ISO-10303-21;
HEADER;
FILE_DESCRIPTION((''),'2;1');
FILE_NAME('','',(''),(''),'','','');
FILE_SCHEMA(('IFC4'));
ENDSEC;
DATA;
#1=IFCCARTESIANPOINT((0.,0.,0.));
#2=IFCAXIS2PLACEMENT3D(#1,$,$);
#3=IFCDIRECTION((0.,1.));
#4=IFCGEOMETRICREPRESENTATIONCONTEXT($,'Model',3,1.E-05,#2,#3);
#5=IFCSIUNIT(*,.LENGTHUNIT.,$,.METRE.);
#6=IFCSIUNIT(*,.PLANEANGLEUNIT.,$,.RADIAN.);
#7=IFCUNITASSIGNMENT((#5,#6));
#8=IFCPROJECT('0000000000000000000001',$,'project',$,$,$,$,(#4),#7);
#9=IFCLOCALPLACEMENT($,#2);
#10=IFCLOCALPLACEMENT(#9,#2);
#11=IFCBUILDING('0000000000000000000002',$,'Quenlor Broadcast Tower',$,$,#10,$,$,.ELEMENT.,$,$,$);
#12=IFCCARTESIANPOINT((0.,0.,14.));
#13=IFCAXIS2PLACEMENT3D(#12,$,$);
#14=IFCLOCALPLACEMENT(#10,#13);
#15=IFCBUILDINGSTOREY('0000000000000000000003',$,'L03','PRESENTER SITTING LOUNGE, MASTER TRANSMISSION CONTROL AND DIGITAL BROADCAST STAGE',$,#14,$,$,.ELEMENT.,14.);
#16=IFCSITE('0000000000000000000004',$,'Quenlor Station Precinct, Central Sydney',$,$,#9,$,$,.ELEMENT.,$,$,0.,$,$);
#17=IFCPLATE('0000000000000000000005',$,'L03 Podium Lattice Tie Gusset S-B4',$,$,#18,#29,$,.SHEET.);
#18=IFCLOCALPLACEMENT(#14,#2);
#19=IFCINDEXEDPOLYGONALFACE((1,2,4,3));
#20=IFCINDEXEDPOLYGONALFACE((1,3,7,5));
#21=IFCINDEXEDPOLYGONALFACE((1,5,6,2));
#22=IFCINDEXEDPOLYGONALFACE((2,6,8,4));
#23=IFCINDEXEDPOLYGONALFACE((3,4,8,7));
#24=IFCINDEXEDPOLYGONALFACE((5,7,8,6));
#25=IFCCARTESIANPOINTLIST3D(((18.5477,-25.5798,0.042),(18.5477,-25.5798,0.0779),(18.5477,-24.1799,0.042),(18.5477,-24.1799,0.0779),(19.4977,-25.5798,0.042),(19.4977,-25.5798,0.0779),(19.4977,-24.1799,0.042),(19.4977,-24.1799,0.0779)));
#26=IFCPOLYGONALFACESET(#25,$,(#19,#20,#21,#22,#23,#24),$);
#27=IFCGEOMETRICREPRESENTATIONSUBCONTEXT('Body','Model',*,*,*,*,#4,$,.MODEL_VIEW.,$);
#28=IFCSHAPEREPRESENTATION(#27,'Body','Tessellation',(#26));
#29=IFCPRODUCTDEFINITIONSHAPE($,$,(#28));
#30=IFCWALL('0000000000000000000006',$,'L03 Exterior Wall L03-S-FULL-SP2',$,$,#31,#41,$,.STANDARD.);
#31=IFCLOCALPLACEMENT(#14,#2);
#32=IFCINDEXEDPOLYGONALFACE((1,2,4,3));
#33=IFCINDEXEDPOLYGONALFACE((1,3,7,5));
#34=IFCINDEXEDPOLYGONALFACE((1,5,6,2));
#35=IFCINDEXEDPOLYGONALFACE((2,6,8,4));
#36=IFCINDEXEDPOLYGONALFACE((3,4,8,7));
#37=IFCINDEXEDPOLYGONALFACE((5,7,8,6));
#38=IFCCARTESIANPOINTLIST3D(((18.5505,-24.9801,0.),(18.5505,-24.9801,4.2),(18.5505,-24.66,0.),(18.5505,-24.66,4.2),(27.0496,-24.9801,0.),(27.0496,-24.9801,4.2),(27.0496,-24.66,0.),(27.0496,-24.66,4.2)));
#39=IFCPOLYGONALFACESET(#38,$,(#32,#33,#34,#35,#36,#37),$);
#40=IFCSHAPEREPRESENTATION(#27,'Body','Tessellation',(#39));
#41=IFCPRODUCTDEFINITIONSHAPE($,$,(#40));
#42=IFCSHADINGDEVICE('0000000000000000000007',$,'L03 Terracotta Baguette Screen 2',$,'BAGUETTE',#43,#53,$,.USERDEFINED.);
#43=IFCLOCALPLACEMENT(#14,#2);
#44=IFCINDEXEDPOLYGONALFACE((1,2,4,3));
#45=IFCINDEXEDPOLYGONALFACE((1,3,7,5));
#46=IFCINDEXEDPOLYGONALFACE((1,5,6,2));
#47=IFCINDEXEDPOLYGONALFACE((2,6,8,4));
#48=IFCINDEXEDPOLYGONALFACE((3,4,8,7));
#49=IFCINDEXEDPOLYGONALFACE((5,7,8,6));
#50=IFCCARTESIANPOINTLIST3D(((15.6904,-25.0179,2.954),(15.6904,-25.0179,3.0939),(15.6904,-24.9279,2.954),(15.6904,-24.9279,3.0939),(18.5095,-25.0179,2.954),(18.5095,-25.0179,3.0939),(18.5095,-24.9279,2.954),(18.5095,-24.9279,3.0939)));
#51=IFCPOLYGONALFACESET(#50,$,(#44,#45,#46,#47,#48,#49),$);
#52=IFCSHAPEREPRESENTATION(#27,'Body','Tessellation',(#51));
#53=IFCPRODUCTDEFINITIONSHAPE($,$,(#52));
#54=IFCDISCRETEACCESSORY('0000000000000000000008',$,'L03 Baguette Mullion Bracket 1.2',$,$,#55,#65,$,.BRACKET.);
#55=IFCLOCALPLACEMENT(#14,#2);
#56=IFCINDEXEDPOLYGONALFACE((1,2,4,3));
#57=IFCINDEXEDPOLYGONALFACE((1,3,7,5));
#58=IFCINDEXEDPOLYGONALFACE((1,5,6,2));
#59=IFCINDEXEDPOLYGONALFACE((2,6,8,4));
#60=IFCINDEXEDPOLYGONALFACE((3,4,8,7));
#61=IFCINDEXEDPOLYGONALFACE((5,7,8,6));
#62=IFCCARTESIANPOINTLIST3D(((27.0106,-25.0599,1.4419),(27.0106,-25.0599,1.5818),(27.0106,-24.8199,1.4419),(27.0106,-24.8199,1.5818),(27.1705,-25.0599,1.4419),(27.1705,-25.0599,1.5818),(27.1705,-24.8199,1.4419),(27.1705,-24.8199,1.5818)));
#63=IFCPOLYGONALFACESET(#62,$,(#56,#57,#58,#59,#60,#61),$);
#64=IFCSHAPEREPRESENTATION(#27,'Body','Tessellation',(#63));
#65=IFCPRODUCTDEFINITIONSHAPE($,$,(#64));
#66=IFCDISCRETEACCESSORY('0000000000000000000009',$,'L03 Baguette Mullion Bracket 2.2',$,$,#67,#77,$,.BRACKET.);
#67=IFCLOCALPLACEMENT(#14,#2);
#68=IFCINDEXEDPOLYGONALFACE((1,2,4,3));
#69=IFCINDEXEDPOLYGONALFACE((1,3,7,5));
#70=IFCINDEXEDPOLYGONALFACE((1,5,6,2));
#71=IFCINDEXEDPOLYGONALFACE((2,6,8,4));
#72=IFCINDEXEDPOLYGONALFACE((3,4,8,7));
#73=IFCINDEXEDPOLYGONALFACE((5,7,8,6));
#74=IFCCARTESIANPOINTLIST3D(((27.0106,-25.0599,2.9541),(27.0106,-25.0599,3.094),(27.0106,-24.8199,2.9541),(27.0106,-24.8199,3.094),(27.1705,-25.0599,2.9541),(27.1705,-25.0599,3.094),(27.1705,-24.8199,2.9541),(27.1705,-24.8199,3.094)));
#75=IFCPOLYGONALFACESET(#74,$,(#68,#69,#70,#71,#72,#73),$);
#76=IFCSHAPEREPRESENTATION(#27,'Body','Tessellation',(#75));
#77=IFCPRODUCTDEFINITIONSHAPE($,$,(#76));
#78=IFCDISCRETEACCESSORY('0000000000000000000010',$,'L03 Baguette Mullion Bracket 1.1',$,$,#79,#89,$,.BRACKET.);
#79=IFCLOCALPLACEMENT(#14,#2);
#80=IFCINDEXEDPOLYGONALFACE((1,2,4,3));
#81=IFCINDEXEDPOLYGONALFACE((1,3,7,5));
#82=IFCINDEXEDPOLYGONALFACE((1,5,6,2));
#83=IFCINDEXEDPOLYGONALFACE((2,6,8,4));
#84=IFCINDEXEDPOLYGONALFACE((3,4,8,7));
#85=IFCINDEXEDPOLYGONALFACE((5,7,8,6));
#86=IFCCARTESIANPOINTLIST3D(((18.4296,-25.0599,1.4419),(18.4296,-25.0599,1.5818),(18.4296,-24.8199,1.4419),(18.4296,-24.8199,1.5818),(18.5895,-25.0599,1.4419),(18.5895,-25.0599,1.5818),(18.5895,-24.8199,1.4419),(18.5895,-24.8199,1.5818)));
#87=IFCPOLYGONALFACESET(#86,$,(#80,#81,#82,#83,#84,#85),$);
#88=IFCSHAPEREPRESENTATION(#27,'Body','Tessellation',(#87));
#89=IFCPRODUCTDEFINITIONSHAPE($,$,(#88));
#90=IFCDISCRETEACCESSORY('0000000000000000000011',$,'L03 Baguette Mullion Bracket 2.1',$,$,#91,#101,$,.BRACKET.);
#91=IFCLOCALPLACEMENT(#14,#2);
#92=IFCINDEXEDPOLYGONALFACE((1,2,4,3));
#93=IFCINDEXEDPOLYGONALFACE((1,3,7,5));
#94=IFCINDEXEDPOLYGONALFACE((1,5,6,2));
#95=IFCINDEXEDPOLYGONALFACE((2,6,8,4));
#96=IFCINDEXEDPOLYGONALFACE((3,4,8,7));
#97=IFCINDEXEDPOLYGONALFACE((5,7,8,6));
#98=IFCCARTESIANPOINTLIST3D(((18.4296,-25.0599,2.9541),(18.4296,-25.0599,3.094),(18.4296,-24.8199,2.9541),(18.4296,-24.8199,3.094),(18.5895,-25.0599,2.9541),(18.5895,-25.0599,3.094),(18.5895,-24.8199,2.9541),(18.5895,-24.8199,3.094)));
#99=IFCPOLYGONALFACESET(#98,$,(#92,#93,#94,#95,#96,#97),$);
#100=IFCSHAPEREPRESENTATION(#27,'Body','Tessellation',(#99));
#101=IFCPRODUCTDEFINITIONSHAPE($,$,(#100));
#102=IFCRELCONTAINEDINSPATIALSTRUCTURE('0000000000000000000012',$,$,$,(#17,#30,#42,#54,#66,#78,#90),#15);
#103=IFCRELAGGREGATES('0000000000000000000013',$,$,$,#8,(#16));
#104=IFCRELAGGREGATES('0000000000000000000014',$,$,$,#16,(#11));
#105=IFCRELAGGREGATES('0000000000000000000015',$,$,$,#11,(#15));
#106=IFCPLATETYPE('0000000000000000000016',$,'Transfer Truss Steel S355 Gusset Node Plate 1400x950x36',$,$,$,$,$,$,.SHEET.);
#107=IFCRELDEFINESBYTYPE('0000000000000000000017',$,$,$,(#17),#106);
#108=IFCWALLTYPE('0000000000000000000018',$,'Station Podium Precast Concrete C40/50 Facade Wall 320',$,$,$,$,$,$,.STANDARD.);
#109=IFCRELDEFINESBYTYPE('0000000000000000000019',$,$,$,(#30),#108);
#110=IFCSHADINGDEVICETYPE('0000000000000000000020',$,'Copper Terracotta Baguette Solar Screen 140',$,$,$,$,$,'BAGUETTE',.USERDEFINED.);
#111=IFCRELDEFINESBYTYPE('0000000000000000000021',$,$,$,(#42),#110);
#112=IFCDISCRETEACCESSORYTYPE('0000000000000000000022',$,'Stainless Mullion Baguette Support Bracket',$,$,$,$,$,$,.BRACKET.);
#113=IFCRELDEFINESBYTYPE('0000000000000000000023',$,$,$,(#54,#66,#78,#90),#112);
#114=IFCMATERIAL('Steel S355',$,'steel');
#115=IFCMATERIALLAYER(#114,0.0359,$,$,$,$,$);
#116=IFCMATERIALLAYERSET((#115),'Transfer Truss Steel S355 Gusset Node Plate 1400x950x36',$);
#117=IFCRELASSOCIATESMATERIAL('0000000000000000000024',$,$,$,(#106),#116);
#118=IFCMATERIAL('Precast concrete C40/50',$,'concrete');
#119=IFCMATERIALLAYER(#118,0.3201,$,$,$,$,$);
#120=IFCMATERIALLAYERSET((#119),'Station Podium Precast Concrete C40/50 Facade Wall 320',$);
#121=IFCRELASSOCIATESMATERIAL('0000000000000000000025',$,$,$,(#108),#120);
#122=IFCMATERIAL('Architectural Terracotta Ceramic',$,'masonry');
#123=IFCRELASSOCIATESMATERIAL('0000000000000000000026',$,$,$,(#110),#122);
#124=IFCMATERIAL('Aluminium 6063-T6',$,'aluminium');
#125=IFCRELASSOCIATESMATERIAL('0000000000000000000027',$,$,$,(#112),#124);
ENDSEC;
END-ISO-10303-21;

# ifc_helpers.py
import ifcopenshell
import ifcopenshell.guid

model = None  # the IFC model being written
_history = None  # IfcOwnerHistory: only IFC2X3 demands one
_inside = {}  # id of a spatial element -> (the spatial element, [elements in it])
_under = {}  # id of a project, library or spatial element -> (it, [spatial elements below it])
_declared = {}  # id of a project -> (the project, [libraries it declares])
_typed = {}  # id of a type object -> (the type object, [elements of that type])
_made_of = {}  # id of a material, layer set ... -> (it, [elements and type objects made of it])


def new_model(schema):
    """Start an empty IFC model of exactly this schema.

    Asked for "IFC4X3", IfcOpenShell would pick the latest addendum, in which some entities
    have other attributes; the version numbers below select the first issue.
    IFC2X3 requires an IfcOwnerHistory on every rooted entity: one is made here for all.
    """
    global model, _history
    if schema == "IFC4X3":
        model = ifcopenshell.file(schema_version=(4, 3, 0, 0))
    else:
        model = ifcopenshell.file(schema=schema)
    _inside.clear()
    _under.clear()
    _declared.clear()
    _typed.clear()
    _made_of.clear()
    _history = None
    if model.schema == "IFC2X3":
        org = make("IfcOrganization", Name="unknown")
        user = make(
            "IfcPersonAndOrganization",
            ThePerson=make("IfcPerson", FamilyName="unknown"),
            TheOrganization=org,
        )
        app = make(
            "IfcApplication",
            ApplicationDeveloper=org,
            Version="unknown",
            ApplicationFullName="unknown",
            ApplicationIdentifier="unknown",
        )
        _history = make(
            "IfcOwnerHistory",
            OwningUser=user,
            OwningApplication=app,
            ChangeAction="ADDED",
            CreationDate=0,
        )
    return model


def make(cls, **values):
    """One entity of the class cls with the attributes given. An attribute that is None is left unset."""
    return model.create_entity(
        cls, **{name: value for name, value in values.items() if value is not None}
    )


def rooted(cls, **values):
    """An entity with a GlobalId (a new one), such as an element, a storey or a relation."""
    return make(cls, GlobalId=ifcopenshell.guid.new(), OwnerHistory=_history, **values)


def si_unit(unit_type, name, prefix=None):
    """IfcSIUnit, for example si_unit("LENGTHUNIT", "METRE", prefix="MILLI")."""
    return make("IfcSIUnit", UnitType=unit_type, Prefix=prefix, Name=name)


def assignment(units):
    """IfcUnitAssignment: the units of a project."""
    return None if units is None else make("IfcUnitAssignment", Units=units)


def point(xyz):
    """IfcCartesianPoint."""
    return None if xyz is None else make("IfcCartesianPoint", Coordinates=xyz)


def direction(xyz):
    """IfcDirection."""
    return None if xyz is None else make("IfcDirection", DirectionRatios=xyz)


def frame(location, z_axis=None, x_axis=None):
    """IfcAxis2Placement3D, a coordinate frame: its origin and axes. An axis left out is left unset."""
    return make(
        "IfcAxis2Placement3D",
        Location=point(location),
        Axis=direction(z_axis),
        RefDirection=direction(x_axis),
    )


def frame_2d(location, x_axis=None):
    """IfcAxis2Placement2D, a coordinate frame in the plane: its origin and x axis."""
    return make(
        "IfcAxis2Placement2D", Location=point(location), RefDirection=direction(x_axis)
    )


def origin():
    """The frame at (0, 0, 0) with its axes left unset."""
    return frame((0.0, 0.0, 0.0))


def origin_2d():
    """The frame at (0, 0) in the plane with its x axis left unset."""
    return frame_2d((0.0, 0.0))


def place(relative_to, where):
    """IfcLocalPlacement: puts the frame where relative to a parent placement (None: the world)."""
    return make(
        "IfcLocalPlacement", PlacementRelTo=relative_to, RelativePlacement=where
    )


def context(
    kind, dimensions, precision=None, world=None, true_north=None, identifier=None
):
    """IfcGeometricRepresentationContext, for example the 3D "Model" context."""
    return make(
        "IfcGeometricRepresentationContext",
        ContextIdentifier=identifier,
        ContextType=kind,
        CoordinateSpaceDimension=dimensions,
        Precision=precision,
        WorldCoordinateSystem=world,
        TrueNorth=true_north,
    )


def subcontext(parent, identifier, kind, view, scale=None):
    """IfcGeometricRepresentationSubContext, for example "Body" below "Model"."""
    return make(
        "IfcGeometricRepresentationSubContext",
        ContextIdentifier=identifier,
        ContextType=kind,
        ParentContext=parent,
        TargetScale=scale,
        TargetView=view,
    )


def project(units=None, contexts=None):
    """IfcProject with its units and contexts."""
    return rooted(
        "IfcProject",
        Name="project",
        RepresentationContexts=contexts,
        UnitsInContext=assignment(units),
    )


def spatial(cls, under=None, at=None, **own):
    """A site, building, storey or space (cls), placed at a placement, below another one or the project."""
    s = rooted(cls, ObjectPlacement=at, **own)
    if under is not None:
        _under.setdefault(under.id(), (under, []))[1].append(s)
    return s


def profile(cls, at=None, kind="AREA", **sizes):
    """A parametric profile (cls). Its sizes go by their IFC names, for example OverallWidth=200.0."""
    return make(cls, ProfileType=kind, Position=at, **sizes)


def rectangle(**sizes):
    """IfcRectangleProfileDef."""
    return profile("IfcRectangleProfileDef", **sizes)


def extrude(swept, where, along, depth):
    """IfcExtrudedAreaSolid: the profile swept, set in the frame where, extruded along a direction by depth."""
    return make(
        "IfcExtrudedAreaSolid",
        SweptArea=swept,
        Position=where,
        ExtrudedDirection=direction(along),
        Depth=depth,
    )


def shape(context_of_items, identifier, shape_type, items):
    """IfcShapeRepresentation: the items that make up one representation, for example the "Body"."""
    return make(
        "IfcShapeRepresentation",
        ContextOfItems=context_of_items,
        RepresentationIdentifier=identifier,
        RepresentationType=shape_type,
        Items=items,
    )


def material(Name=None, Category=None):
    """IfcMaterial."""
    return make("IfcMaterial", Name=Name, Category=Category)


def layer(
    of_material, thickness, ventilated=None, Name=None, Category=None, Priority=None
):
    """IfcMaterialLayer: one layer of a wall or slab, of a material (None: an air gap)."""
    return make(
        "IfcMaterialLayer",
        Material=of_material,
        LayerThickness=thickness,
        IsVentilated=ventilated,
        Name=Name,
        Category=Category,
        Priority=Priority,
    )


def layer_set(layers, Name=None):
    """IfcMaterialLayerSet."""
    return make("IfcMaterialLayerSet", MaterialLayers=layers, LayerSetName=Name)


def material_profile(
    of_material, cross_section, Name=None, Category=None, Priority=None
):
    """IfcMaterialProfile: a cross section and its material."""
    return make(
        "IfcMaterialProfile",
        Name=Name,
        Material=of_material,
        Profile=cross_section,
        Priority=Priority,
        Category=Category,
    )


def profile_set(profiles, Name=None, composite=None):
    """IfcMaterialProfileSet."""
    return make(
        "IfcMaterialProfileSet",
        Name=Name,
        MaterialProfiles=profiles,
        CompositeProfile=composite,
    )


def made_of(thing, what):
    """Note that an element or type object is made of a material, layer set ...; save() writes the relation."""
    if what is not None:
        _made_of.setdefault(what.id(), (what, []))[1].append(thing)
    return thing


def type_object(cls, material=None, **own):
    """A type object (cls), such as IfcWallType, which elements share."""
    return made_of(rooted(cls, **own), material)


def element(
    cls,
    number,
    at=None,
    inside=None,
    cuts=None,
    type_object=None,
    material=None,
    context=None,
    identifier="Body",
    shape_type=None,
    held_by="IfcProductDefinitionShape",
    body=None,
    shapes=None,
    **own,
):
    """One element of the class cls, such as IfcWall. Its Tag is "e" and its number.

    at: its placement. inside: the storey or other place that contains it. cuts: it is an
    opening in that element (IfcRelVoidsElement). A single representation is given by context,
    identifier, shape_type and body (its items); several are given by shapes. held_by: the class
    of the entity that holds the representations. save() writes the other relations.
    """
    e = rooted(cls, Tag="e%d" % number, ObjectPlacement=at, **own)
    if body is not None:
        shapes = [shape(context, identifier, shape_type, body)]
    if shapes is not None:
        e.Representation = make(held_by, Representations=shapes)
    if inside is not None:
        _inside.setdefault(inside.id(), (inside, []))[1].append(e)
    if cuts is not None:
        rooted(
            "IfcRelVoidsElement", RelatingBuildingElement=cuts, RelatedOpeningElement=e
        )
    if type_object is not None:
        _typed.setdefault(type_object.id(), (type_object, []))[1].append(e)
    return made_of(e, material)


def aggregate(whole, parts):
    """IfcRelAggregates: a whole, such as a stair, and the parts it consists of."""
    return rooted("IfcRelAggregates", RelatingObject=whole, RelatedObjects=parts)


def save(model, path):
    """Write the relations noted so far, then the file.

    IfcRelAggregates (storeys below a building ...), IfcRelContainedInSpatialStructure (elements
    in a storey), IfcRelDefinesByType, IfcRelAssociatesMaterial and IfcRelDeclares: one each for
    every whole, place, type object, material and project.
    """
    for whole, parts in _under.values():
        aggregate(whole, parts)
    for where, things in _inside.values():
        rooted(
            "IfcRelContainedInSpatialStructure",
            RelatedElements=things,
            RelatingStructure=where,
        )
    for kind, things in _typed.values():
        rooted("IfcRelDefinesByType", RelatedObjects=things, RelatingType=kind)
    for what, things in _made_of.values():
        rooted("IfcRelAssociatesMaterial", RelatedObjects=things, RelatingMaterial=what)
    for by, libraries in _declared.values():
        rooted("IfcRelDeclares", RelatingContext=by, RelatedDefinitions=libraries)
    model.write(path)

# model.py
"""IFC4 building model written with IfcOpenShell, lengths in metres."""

from ifc_helpers import new_model, si_unit, direction, frame, frame_2d, origin, origin_2d, place, context, subcontext, project, spatial, rectangle, extrude, material, layer, layer_set, material_profile, profile_set, type_object, element, save


model = new_model("IFC4")

# Units and contexts
model_context = context("Model", 3, precision=1e-05, world=origin(), true_north=direction((0.0, 1.0)))
body_context = subcontext(model_context, "Body", "Model", "MODEL_VIEW")
ifc_project = project(units=[si_unit("LENGTHUNIT", "METRE"), si_unit("PLANEANGLEUNIT", "RADIAN")], contexts=[model_context])

# Site, building, storey
site_placement = place(None, origin())
site = spatial("IfcSite", under=ifc_project, at=site_placement, Name="Quenlor Station Precinct, Central Sydney", CompositionType="ELEMENT", RefElevation=0.0)
building_placement = place(site_placement, origin())
building = spatial("IfcBuilding", under=site, at=building_placement, Name="Quenlor Broadcast Tower", CompositionType="ELEMENT")
storey_placement = place(building_placement, frame((0.0, 0.0, 14.0)))
storey = spatial("IfcBuildingStorey", under=building, at=storey_placement, Name="L03", Description="PRESENTER SITTING LOUNGE, MASTER TRANSMISSION CONTROL AND DIGITAL BROADCAST STAGE", CompositionType="ELEMENT", Elevation=14.0)

# Plate
ifc_material_1 = material(Name="Steel S355", Category="steel")
ifc_layer_1 = layer(ifc_material_1, 0.0359)
ifc_layer_set_1 = layer_set([ifc_layer_1], Name="Transfer Truss Steel S355 Gusset Node Plate 1400x950x36")
plate_type_1 = type_object("IfcPlateType", Name="Transfer Truss Steel S355 Gusset Node Plate 1400x950x36", PredefinedType="SHEET", material=ifc_layer_set_1)
for number, where, z_axis, x_axis, name in (
    (1, (19.0227, -24.8799, 0.042), (0.0, 0.0, 1.0), (0.0, -1.0, 0.0), "L03 Podium Lattice Tie Gusset S-B4"),
):
    element("IfcPlate", number, at=place(storey_placement, frame(where, z_axis=z_axis, x_axis=x_axis)), inside=storey, type_object=plate_type_1, Name=name, PredefinedType="SHEET", context=body_context, shape_type="SweptSolid", body=[
        extrude(rectangle(XDim=1.3999, YDim=0.95, at=origin_2d()), origin(), (0.0, 0.0, 1.0), 0.0359),
    ])

# Wall
ifc_material_2 = material(Name="Precast concrete C40/50", Category="concrete")
ifc_layer_2 = layer(ifc_material_2, 0.3201)
ifc_layer_set_2 = layer_set([ifc_layer_2], Name="Station Podium Precast Concrete C40/50 Facade Wall 320")
wall_type = type_object("IfcWallType", Name="Station Podium Precast Concrete C40/50 Facade Wall 320", PredefinedType="STANDARD", material=ifc_layer_set_2)
wall_placement = place(storey_placement, frame((27.0496, -24.8201, 0.0), z_axis=(0.0, 0.0, 1.0), x_axis=(-1.0, 0.0, 0.0)))
element("IfcWall", 2, at=wall_placement, inside=storey, type_object=wall_type, Name="L03 Exterior Wall L03-S-FULL-SP2", PredefinedType="STANDARD", context=body_context, shape_type="SweptSolid", body=[
    extrude(rectangle(XDim=8.499, YDim=0.3201, at=frame_2d((4.2495, 0.0))), origin(), (0.0, 0.0, 1.0), 4.2),
])

# Shading device
ifc_material_3 = material(Name="Architectural Terracotta Ceramic", Category="masonry")
ifc_material_profile_1 = material_profile(ifc_material_3, rectangle(XDim=0.0901, YDim=0.1399, at=origin_2d()))
ifc_profile_set_1 = profile_set([ifc_material_profile_1], Name="Architectural Terracotta Ceramic BAG90x140")
shading_device_type = type_object("IfcShadingDeviceType", Name="Copper Terracotta Baguette Solar Screen 140", ElementType="BAGUETTE", PredefinedType="USERDEFINED", material=ifc_profile_set_1)
shading_device_placement = place(storey_placement, frame((18.5095, -24.9729, 3.0239), z_axis=(-1.0, 0.0, 0.0), x_axis=(0.0, -1.0, 0.0)))
element("IfcShadingDevice", 3, at=shading_device_placement, inside=storey, type_object=shading_device_type, Name="L03 Terracotta Baguette Screen 2", ObjectType="BAGUETTE", PredefinedType="USERDEFINED", context=body_context, shape_type="SweptSolid", body=[
    extrude(rectangle(XDim=0.0901, YDim=0.1399, at=origin_2d()), origin(), (0.0, 0.0, 1.0), 2.8191),
])

# Discrete accessories
ifc_material_4 = material(Name="Aluminium 6063-T6", Category="aluminium")
discrete_accessory_type = type_object("IfcDiscreteAccessoryType", Name="Stainless Mullion Baguette Support Bracket", PredefinedType="BRACKET", material=ifc_material_4)
for number, where, z_axis, x_axis, name in (
    (4, (27.0906, -24.9399, 1.4419), (0.0, 0.0, 1.0), (-1.0, 0.0, 0.0), "L03 Baguette Mullion Bracket 1.2"),
    (5, (27.0906, -24.9399, 2.9541), (0.0, 0.0, 1.0), (-1.0, 0.0, 0.0), "L03 Baguette Mullion Bracket 2.2"),
    (6, (18.5095, -24.9399, 1.4419), (0.0, 0.0, 1.0), (-1.0, 0.0, 0.0), "L03 Baguette Mullion Bracket 1.1"),
    (7, (18.5095, -24.9399, 2.9541), (0.0, 0.0, 1.0), (-1.0, 0.0, 0.0), "L03 Baguette Mullion Bracket 2.1"),
):
    element("IfcDiscreteAccessory", number, at=place(storey_placement, frame(where, z_axis=z_axis, x_axis=x_axis)), inside=storey, type_object=discrete_accessory_type, Name=name, PredefinedType="BRACKET", context=body_context, shape_type="SweptSolid", body=[
        extrude(rectangle(XDim=0.1599, YDim=0.24, at=origin_2d()), origin(), (0.0, 0.0, 1.0), 0.1399),
    ])

save(model, "model.ifc")
